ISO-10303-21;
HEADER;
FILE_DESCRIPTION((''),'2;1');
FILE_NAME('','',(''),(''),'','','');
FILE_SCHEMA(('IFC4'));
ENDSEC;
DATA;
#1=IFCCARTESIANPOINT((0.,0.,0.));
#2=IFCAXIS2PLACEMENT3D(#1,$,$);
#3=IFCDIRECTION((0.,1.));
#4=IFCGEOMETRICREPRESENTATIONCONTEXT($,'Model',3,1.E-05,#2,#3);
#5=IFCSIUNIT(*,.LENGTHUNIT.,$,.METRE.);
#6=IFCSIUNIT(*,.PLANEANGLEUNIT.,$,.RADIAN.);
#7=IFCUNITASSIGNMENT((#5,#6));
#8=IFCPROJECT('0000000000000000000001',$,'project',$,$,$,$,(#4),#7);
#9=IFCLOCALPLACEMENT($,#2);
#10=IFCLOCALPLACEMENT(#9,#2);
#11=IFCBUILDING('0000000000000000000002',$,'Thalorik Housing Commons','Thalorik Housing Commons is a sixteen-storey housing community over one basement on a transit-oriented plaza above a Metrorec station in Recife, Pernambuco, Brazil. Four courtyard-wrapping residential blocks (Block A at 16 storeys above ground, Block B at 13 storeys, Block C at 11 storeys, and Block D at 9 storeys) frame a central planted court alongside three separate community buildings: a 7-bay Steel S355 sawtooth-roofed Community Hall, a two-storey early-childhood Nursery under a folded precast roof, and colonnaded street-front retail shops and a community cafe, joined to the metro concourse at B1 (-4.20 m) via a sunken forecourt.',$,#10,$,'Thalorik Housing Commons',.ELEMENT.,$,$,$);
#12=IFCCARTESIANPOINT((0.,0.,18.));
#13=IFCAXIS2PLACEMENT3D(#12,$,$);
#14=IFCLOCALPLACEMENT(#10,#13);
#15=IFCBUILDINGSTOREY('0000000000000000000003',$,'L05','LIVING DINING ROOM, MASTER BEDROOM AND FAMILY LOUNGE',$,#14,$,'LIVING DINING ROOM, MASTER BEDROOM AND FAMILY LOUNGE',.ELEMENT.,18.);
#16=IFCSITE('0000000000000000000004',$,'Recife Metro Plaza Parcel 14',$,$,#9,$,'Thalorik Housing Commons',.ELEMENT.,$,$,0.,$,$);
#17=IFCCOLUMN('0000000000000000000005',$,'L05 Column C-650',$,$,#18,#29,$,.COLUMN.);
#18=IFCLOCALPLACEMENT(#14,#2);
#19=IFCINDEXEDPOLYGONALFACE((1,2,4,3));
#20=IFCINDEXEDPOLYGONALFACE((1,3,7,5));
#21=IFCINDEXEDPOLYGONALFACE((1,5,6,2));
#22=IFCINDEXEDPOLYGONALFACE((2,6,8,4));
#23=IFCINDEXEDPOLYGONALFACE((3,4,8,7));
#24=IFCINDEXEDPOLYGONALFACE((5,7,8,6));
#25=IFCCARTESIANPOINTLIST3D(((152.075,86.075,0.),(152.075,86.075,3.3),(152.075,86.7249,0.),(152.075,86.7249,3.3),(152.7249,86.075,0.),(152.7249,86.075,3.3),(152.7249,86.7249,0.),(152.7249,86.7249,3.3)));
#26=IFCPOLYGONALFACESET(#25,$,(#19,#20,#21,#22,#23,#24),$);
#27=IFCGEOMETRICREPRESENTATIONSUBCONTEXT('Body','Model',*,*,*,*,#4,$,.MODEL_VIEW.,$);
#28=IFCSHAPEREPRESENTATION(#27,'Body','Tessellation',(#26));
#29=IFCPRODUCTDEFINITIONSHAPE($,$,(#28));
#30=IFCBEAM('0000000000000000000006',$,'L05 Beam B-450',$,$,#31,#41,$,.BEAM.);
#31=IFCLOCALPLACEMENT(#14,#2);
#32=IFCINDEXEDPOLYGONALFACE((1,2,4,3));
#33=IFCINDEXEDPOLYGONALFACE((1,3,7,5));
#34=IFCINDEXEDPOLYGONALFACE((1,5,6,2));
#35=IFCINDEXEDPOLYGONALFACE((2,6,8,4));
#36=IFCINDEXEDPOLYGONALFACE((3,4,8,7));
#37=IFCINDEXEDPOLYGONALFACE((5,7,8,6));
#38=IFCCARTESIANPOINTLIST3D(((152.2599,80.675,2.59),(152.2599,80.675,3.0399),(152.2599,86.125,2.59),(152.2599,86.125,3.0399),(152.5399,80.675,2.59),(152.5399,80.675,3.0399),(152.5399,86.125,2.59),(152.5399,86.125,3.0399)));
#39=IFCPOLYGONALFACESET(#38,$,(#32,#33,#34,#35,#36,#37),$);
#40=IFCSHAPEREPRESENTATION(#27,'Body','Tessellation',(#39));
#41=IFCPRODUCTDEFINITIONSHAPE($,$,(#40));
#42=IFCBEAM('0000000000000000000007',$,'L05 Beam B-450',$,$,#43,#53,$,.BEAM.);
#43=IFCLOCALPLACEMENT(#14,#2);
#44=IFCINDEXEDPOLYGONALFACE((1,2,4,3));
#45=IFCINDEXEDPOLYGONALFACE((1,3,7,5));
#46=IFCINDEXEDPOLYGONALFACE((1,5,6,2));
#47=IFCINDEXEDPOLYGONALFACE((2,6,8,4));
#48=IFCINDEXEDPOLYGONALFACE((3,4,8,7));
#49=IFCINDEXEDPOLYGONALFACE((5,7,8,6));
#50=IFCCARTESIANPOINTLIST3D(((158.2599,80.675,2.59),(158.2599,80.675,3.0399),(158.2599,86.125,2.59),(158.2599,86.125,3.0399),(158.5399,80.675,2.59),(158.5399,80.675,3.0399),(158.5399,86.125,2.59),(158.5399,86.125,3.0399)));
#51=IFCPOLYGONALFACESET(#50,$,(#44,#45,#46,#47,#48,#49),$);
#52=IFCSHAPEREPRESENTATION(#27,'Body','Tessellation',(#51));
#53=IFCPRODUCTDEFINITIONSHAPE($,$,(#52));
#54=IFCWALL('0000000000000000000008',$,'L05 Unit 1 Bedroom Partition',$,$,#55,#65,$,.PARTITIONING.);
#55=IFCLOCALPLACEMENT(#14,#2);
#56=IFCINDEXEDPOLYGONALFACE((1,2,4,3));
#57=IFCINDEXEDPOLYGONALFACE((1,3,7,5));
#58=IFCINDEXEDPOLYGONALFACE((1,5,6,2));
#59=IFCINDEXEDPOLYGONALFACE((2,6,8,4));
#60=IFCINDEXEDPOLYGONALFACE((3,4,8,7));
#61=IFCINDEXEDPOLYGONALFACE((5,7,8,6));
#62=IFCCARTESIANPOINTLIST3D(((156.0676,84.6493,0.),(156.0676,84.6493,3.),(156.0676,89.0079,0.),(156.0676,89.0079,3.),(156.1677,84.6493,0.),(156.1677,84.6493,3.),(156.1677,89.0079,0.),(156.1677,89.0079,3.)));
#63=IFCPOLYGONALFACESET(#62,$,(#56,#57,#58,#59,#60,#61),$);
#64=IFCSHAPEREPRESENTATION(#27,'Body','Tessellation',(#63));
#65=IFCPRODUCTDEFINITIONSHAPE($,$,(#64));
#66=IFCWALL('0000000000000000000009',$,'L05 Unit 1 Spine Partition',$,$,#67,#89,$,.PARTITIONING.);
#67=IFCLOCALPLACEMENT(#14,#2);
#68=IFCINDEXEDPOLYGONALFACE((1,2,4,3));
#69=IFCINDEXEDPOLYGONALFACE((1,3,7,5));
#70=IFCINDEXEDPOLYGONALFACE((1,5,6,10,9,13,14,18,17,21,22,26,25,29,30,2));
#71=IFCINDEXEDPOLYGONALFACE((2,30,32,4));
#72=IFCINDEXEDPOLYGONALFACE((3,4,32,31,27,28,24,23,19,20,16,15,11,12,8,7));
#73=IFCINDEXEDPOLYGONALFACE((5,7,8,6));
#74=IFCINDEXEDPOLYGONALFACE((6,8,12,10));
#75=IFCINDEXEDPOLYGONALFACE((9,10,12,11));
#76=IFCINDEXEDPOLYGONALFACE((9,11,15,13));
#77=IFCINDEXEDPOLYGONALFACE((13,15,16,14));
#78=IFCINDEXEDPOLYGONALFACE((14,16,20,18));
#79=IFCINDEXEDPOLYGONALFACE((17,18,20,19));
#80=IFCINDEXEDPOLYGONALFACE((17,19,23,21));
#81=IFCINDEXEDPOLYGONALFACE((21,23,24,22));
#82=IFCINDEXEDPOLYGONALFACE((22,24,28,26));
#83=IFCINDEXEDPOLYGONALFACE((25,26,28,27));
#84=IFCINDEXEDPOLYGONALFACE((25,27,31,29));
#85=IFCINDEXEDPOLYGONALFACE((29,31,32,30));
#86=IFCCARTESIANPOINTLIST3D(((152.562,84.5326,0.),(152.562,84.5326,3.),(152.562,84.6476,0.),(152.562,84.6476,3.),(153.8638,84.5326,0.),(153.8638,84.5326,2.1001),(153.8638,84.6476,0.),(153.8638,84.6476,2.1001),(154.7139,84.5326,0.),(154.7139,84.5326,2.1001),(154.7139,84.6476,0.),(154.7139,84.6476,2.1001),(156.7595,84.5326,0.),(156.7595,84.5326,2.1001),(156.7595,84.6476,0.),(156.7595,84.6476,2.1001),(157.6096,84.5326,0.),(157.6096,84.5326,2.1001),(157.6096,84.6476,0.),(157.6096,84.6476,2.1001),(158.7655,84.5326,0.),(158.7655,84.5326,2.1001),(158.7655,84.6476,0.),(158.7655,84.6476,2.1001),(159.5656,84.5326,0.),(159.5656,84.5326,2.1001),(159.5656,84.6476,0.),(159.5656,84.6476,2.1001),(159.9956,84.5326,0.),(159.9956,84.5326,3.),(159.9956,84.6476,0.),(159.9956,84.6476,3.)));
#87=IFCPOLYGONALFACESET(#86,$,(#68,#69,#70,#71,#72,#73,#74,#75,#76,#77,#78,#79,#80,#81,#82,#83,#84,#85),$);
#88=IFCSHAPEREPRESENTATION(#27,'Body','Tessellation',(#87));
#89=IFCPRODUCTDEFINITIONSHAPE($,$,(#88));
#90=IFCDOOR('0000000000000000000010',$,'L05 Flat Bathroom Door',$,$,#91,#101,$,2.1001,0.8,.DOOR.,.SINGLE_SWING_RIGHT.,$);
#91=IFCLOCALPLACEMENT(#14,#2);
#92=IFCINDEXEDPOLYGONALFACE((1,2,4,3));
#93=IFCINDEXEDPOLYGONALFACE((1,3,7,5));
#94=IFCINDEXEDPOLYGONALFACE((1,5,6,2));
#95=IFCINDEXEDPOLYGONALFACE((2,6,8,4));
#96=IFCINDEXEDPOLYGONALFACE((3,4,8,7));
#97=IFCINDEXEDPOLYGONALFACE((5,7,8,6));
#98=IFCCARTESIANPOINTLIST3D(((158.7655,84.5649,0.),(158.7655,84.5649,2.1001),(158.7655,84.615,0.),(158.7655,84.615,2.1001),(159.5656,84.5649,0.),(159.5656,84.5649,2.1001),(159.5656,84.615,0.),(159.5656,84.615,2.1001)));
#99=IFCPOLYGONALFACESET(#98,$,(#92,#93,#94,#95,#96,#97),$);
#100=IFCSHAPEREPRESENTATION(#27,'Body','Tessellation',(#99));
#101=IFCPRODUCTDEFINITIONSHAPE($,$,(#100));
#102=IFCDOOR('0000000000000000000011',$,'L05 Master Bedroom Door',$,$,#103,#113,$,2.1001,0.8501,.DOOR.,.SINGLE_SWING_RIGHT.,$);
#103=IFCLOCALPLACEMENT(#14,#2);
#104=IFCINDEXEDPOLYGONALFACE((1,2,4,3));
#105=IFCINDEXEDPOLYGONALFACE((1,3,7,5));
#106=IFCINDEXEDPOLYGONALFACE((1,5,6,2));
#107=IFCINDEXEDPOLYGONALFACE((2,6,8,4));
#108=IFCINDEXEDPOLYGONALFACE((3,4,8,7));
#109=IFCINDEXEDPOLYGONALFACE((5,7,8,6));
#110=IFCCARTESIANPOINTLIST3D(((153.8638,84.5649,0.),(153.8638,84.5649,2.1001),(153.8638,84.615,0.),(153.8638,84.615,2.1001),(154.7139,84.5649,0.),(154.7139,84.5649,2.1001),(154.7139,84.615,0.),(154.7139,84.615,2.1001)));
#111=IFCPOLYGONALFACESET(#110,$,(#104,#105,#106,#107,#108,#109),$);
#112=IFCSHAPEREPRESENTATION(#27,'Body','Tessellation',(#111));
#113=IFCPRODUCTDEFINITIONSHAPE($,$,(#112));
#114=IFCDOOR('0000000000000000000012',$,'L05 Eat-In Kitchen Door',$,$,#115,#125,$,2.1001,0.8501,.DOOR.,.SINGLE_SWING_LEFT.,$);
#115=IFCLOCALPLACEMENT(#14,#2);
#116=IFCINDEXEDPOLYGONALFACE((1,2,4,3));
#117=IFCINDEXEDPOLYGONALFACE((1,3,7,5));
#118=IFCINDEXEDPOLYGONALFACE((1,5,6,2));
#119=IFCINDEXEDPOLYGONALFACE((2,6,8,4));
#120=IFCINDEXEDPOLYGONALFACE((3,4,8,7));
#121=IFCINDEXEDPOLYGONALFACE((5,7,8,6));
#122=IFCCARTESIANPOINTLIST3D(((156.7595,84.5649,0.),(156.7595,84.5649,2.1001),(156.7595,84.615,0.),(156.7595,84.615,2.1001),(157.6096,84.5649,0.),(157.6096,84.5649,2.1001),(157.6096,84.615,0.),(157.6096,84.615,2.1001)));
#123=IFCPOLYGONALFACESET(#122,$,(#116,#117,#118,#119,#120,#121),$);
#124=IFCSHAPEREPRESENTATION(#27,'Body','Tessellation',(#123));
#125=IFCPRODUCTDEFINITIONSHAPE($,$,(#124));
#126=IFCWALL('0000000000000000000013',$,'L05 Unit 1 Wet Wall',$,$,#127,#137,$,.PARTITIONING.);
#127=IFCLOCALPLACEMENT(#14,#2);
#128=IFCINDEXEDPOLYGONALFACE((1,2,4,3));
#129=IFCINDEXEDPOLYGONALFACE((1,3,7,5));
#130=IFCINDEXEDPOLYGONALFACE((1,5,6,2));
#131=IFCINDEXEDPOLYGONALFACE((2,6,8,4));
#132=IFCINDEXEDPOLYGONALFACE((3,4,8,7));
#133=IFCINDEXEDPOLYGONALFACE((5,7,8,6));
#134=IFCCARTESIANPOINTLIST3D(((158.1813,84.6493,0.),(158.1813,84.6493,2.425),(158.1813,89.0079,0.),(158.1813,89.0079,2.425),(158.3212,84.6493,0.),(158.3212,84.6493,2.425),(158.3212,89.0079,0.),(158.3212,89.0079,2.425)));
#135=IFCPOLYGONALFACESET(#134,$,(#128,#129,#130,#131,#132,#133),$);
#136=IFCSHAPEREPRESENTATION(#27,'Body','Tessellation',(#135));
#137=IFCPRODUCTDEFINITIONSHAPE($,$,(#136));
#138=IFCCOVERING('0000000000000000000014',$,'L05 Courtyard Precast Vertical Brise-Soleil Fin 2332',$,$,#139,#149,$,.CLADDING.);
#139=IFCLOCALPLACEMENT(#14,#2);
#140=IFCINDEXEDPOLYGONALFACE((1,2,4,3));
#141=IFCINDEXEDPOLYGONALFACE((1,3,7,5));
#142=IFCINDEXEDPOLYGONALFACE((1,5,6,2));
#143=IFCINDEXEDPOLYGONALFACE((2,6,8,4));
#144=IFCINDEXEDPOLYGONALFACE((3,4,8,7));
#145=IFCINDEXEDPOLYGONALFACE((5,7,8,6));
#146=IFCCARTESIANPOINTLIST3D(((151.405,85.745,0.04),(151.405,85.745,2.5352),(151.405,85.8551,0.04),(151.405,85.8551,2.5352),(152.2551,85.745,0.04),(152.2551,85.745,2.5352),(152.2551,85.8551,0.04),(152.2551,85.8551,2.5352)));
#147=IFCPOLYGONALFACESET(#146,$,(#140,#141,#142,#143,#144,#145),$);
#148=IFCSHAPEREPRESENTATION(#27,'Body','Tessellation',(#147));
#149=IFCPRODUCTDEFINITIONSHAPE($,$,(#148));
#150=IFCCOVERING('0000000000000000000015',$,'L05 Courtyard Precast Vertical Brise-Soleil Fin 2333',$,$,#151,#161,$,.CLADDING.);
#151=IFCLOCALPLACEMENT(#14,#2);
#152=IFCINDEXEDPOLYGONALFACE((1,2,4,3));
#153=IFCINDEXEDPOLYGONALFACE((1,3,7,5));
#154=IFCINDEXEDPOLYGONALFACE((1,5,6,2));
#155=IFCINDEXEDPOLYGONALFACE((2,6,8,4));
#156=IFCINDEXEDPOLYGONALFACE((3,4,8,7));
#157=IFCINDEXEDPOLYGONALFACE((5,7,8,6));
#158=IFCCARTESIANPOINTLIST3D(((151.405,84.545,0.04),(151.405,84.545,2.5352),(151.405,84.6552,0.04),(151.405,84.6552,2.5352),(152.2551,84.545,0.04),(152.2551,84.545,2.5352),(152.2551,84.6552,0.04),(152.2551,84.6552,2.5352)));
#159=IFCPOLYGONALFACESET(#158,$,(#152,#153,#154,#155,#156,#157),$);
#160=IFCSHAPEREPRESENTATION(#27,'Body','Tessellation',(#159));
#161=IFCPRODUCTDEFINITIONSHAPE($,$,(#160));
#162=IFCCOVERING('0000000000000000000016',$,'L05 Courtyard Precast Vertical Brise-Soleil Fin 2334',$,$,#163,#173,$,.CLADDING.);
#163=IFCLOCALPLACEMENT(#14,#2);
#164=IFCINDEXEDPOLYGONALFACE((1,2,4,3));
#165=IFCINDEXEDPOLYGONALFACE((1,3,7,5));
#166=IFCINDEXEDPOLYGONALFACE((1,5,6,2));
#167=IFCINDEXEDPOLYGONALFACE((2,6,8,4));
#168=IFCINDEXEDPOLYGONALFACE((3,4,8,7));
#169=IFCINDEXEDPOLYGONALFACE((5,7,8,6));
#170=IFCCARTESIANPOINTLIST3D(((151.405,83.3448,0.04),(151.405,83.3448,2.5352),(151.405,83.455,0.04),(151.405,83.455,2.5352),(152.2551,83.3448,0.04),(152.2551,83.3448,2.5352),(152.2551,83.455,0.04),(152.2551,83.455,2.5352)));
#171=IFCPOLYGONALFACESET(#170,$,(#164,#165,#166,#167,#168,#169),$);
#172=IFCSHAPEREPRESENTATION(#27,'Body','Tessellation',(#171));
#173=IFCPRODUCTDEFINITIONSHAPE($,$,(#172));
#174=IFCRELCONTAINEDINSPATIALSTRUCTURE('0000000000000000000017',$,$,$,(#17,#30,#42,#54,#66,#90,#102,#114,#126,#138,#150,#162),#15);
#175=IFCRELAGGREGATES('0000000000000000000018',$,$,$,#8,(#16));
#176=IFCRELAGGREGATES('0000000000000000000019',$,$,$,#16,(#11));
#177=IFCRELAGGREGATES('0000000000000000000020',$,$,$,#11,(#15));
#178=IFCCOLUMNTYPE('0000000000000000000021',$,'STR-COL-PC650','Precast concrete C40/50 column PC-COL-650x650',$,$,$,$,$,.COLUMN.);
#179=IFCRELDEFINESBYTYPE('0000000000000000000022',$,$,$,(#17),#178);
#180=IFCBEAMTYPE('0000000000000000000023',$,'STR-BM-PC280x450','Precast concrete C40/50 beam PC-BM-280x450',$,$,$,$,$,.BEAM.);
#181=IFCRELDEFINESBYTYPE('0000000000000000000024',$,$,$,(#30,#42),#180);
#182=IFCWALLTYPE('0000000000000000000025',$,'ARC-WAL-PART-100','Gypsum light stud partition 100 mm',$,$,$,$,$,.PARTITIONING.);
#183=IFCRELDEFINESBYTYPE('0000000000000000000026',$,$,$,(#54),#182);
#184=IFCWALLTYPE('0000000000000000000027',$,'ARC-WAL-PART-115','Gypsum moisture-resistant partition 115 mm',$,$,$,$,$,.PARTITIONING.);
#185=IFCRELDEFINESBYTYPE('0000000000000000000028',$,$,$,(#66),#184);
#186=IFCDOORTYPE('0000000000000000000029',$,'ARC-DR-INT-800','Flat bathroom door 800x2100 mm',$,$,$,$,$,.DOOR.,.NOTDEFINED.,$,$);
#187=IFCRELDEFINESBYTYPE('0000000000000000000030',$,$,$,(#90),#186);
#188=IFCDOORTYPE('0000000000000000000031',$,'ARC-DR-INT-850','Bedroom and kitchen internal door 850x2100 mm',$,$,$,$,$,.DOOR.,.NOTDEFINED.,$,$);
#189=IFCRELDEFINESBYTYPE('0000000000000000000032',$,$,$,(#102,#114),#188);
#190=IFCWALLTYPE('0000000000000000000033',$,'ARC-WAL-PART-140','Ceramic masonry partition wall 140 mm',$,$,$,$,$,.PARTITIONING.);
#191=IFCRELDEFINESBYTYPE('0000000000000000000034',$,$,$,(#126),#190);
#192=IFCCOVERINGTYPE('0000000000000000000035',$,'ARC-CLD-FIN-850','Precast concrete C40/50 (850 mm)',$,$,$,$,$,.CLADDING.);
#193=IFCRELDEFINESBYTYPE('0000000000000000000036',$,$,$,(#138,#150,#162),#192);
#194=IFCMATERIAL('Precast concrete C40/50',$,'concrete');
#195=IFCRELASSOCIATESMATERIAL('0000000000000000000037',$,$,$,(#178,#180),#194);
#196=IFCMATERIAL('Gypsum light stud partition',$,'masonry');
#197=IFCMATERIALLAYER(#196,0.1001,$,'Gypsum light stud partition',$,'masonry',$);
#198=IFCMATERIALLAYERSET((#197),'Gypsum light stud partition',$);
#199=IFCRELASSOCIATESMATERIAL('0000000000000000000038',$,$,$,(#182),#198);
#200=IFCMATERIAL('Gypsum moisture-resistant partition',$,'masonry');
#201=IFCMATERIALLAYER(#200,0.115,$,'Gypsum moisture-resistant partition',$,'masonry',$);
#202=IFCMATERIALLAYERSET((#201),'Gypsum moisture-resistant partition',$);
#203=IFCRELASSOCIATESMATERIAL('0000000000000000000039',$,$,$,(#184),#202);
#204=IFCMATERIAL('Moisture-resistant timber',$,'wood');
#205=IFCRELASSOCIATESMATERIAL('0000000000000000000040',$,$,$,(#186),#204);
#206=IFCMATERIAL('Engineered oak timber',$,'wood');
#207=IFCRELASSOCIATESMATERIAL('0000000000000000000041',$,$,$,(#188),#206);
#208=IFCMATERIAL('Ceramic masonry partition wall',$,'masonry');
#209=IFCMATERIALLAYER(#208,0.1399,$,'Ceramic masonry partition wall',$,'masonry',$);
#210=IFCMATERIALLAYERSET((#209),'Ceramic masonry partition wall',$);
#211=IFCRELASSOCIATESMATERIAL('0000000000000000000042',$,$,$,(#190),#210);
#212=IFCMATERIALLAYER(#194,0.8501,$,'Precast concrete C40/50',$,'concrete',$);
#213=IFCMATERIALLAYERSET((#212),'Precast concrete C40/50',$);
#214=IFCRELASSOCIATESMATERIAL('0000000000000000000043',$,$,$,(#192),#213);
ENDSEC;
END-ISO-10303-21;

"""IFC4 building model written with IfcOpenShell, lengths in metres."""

from ifc_helpers import new_model, si_unit, direction, frame, frame_2d, origin, origin_2d, place, context, subcontext, project, spatial, rectangle, extrude, material, layer, layer_set, material_profile, profile_set, type_object, element, fill, save


model = new_model("IFC4")

# Units and contexts
model_context = context("Model", 3, precision=1e-05, world=origin(), true_north=direction((0.0, 1.0)))
body_context = subcontext(model_context, "Body", "Model", "MODEL_VIEW")
ifc_project = project(units=[si_unit("LENGTHUNIT", "METRE"), si_unit("PLANEANGLEUNIT", "RADIAN")], contexts=[model_context])

# Site, building, storey
site_placement = place(None, origin())
site = spatial("IfcSite", under=ifc_project, at=site_placement, Name="Recife Metro Plaza Parcel 14", LongName="Thalorik Housing Commons", CompositionType="ELEMENT", RefElevation=0.0)
building_placement = place(site_placement, origin())
building = spatial("IfcBuilding", under=site, at=building_placement, Name="Thalorik Housing Commons", Description="Thalorik Housing Commons is a sixteen-storey housing community over one basement on a transit-oriented plaza above a Metrorec station in Recife, Pernambuco, Brazil. Four courtyard-wrapping residential blocks (Block A at 16 storeys above ground, Block B at 13 storeys, Block C at 11 storeys, and Block D at 9 storeys) frame a central planted court alongside three separate community buildings: a 7-bay Steel S355 sawtooth-roofed Community Hall, a two-storey early-childhood Nursery under a folded precast roof, and colonnaded street-front retail shops and a community cafe, joined to the metro concourse at B1 (-4.20 m) via a sunken forecourt.", LongName="Thalorik Housing Commons", CompositionType="ELEMENT")
storey_placement = place(building_placement, frame((0.0, 0.0, 18.0)))
storey = spatial("IfcBuildingStorey", under=building, at=storey_placement, Name="L05", Description="LIVING DINING ROOM, MASTER BEDROOM AND FAMILY LOUNGE", LongName="LIVING DINING ROOM, MASTER BEDROOM AND FAMILY LOUNGE", CompositionType="ELEMENT", Elevation=18.0)

# Column
ifc_material_1 = material(Name="Precast concrete C40/50", Category="concrete")
ifc_material_profile_1 = material_profile(ifc_material_1, rectangle(XDim=0.6499, YDim=0.6499, at=origin_2d()), Name="PC 650x650", Category="concrete")
ifc_profile_set_1 = profile_set([ifc_material_profile_1], Name="Precast concrete C40/50")
column_type = type_object("IfcColumnType", Name="STR-COL-PC650", Description="Precast concrete C40/50 column PC-COL-650x650", PredefinedType="COLUMN", material=ifc_profile_set_1)
column_placement = place(storey_placement, frame((152.3999, 86.3999, 0.0), z_axis=(0.0, 0.0, 1.0), x_axis=(1.0, 0.0, 0.0)))
element("IfcColumn", 1, at=column_placement, inside=storey, type_object=column_type, Name="L05 Column C-650", PredefinedType="COLUMN", context=body_context, shape_type="SweptSolid", body=[
    extrude(rectangle(XDim=0.6499, YDim=0.6499, at=origin_2d()), origin(), (0.0, 0.0, 1.0), 3.3),
])

# Beams
ifc_material_profile_2 = material_profile(ifc_material_1, rectangle(XDim=0.28, YDim=0.45, at=origin_2d()), Name="PC 280x450", Category="concrete")
ifc_profile_set_2 = profile_set([ifc_material_profile_2], Name="Precast concrete C40/50")
beam_type = type_object("IfcBeamType", Name="STR-BM-PC280x450", Description="Precast concrete C40/50 beam PC-BM-280x450", PredefinedType="BEAM", material=ifc_profile_set_2)
for number, where, z_axis, x_axis, name in (
    (2, (152.3999, 80.675, 2.8149), (0.0, 1.0, 0.0), (-1.0, 0.0, 0.0), "L05 Beam B-450"),
    (3, (158.3999, 80.675, 2.8149), (0.0, 1.0, 0.0), (-1.0, 0.0, 0.0), "L05 Beam B-450"),
):
    element("IfcBeam", number, at=place(storey_placement, frame(where, z_axis=z_axis, x_axis=x_axis)), inside=storey, type_object=beam_type, Name=name, PredefinedType="BEAM", context=body_context, shape_type="SweptSolid", body=[
        extrude(rectangle(XDim=0.28, YDim=0.45, at=origin_2d()), origin(), (0.0, 0.0, 1.0), 5.45),
    ])

# Wall
ifc_material_2 = material(Name="Gypsum light stud partition", Category="masonry")
ifc_layer_1 = layer(ifc_material_2, 0.1001, Name="Gypsum light stud partition", Category="masonry")
ifc_layer_set_1 = layer_set([ifc_layer_1], Name="Gypsum light stud partition")
wall_type_1 = type_object("IfcWallType", Name="ARC-WAL-PART-100", Description="Gypsum light stud partition 100 mm", PredefinedType="PARTITIONING", material=ifc_layer_set_1)
wall_1_placement = place(storey_placement, frame((156.1177, 84.6494, 0.0), z_axis=(0.0, 0.0, 1.0), x_axis=(0.0, 1.0, 0.0)))
element("IfcWall", 4, at=wall_1_placement, inside=storey, type_object=wall_type_1, Name="L05 Unit 1 Bedroom Partition", PredefinedType="PARTITIONING", context=body_context, shape_type="SweptSolid", body=[
    extrude(rectangle(XDim=4.3586, YDim=0.1001, at=frame_2d((2.1792, 0.0))), origin(), (0.0, 0.0, 1.0), 3.0),
])

# Wall, openings, doors
ifc_material_3 = material(Name="Gypsum moisture-resistant partition", Category="masonry")
ifc_layer_2 = layer(ifc_material_3, 0.115, Name="Gypsum moisture-resistant partition", Category="masonry")
ifc_layer_set_2 = layer_set([ifc_layer_2], Name="Gypsum moisture-resistant partition")
wall_type_2 = type_object("IfcWallType", Name="ARC-WAL-PART-115", Description="Gypsum moisture-resistant partition 115 mm", PredefinedType="PARTITIONING", material=ifc_layer_set_2)
wall_2_placement = place(storey_placement, frame((152.562, 84.5901, 0.0), z_axis=(0.0, 0.0, 1.0), x_axis=(1.0, 0.0, 0.0)))
wall_2 = element("IfcWall", 5, at=wall_2_placement, inside=storey, type_object=wall_type_2, Name="L05 Unit 1 Spine Partition", PredefinedType="PARTITIONING", context=body_context, shape_type="SweptSolid", body=[
    extrude(rectangle(XDim=7.4336, YDim=0.115, at=frame_2d((3.7168, 0.0))), origin(), (0.0, 0.0, 1.0), 3.0),
])
opening_1_placement = place(wall_2_placement, frame((1.3018, 0.0, 0.0)))
opening_1 = element("IfcOpeningElement", 6, at=opening_1_placement, cuts=wall_2, PredefinedType="OPENING", context=body_context, shape_type="SweptSolid", body=[
    extrude(rectangle(XDim=0.8501, YDim=2.1001, at=frame_2d((0.425, 1.05))), frame((0.0, 0.0674, 0.0), z_axis=(0.0, -1.0, 0.0), x_axis=(1.0, 0.0, 0.0)), (0.0, 0.0, 1.0), 0.135),
])
opening_2_placement = place(wall_2_placement, frame((4.1975, 0.0, 0.0)))
opening_2 = element("IfcOpeningElement", 7, at=opening_2_placement, cuts=wall_2, PredefinedType="OPENING", context=body_context, shape_type="SweptSolid", body=[
    extrude(rectangle(XDim=0.8501, YDim=2.1001, at=frame_2d((0.425, 1.05))), frame((0.0, 0.0674, 0.0), z_axis=(0.0, -1.0, 0.0), x_axis=(1.0, 0.0, 0.0)), (0.0, 0.0, 1.0), 0.135),
])
opening_3_placement = place(wall_2_placement, frame((6.2036, 0.0, 0.0)))
opening_3 = element("IfcOpeningElement", 8, at=opening_3_placement, cuts=wall_2, PredefinedType="OPENING", context=body_context, shape_type="SweptSolid", body=[
    extrude(rectangle(XDim=0.8, YDim=2.1001, at=frame_2d((0.3999, 1.05))), frame((0.0, 0.0674, 0.0), z_axis=(0.0, -1.0, 0.0), x_axis=(1.0, 0.0, 0.0)), (0.0, 0.0, 1.0), 0.135),
])
ifc_material_4 = material(Name="Moisture-resistant timber", Category="wood")
door_type_1 = type_object("IfcDoorType", Name="ARC-DR-INT-800", Description="Flat bathroom door 800x2100 mm", OperationType="NOTDEFINED", PredefinedType="DOOR", material=ifc_material_4)
door_1_placement = place(opening_3_placement, origin())
door_1 = element("IfcDoor", 9, at=door_1_placement, inside=storey, type_object=door_type_1, Name="L05 Flat Bathroom Door", OperationType="SINGLE_SWING_RIGHT", OverallHeight=2.1001, OverallWidth=0.8, PredefinedType="DOOR", context=body_context, shape_type="SweptSolid", body=[
    extrude(rectangle(XDim=0.8, YDim=2.1001, at=frame_2d((0.3999, 1.05))), frame((0.0, 0.0249, 0.0), z_axis=(0.0, -1.0, 0.0), x_axis=(1.0, 0.0, 0.0)), (0.0, 0.0, 1.0), 0.05),
])
fill(opening_3, door_1)
ifc_material_5 = material(Name="Engineered oak timber", Category="wood")
door_type_2 = type_object("IfcDoorType", Name="ARC-DR-INT-850", Description="Bedroom and kitchen internal door 850x2100 mm", OperationType="NOTDEFINED", PredefinedType="DOOR", material=ifc_material_5)
door_2_placement = place(opening_1_placement, origin())
door_2 = element("IfcDoor", 10, at=door_2_placement, inside=storey, type_object=door_type_2, Name="L05 Master Bedroom Door", OperationType="SINGLE_SWING_RIGHT", OverallHeight=2.1001, OverallWidth=0.8501, PredefinedType="DOOR", context=body_context, shape_type="SweptSolid", body=[
    extrude(rectangle(XDim=0.8501, YDim=2.1001, at=frame_2d((0.425, 1.05))), frame((0.0, 0.0249, 0.0), z_axis=(0.0, -1.0, 0.0), x_axis=(1.0, 0.0, 0.0)), (0.0, 0.0, 1.0), 0.05),
])
fill(opening_1, door_2)
door_3_placement = place(opening_2_placement, origin())
door_3 = element("IfcDoor", 11, at=door_3_placement, inside=storey, type_object=door_type_2, Name="L05 Eat-In Kitchen Door", OperationType="SINGLE_SWING_LEFT", OverallHeight=2.1001, OverallWidth=0.8501, PredefinedType="DOOR", context=body_context, shape_type="SweptSolid", body=[
    extrude(rectangle(XDim=0.8501, YDim=2.1001, at=frame_2d((0.425, 1.05))), frame((0.0, 0.0249, 0.0), z_axis=(0.0, -1.0, 0.0), x_axis=(1.0, 0.0, 0.0)), (0.0, 0.0, 1.0), 0.05),
])
fill(opening_2, door_3)

# Wall
ifc_material_6 = material(Name="Ceramic masonry partition wall", Category="masonry")
ifc_layer_3 = layer(ifc_material_6, 0.1399, Name="Ceramic masonry partition wall", Category="masonry")
ifc_layer_set_3 = layer_set([ifc_layer_3], Name="Ceramic masonry partition wall")
wall_type_3 = type_object("IfcWallType", Name="ARC-WAL-PART-140", Description="Ceramic masonry partition wall 140 mm", PredefinedType="PARTITIONING", material=ifc_layer_set_3)
wall_3_placement = place(storey_placement, frame((158.2512, 84.6494, 0.0), z_axis=(0.0, 0.0, 1.0), x_axis=(0.0, 1.0, 0.0)))
element("IfcWall", 12, at=wall_3_placement, inside=storey, type_object=wall_type_3, Name="L05 Unit 1 Wet Wall", PredefinedType="PARTITIONING", context=body_context, shape_type="SweptSolid", body=[
    extrude(rectangle(XDim=4.3586, YDim=0.1399, at=frame_2d((2.1792, 0.0))), origin(), (0.0, 0.0, 1.0), 2.425),
])

# Coverings
ifc_layer_4 = layer(ifc_material_1, 0.8501, Name="Precast concrete C40/50", Category="concrete")
ifc_layer_set_4 = layer_set([ifc_layer_4], Name="Precast concrete C40/50")
covering_type_1 = type_object("IfcCoveringType", Name="ARC-CLD-FIN-850", Description="Precast concrete C40/50 (850 mm)", PredefinedType="CLADDING", material=ifc_layer_set_4)
for number, where, z_axis, x_axis, name in (
    (13, (151.8301, 85.8, 0.04), (0.0, 0.0, 1.0), (0.0, -1.0, 0.0), "L05 Courtyard Precast Vertical Brise-Soleil Fin 2332"),
    (14, (151.8301, 84.6001, 0.04), (0.0, 0.0, 1.0), (0.0, -1.0, 0.0), "L05 Courtyard Precast Vertical Brise-Soleil Fin 2333"),
    (15, (151.8301, 83.3999, 0.04), (0.0, 0.0, 1.0), (0.0, -1.0, 0.0), "L05 Courtyard Precast Vertical Brise-Soleil Fin 2334"),
):
    element("IfcCovering", number, at=place(storey_placement, frame(where, z_axis=z_axis, x_axis=x_axis)), inside=storey, type_object=covering_type_1, Name=name, PredefinedType="CLADDING", context=body_context, shape_type="SweptSolid", body=[
        extrude(rectangle(XDim=0.1101, YDim=0.8501, at=origin_2d()), origin(), (0.0, 0.0, 1.0), 2.4951),
    ])

save(model, "model.ifc")
